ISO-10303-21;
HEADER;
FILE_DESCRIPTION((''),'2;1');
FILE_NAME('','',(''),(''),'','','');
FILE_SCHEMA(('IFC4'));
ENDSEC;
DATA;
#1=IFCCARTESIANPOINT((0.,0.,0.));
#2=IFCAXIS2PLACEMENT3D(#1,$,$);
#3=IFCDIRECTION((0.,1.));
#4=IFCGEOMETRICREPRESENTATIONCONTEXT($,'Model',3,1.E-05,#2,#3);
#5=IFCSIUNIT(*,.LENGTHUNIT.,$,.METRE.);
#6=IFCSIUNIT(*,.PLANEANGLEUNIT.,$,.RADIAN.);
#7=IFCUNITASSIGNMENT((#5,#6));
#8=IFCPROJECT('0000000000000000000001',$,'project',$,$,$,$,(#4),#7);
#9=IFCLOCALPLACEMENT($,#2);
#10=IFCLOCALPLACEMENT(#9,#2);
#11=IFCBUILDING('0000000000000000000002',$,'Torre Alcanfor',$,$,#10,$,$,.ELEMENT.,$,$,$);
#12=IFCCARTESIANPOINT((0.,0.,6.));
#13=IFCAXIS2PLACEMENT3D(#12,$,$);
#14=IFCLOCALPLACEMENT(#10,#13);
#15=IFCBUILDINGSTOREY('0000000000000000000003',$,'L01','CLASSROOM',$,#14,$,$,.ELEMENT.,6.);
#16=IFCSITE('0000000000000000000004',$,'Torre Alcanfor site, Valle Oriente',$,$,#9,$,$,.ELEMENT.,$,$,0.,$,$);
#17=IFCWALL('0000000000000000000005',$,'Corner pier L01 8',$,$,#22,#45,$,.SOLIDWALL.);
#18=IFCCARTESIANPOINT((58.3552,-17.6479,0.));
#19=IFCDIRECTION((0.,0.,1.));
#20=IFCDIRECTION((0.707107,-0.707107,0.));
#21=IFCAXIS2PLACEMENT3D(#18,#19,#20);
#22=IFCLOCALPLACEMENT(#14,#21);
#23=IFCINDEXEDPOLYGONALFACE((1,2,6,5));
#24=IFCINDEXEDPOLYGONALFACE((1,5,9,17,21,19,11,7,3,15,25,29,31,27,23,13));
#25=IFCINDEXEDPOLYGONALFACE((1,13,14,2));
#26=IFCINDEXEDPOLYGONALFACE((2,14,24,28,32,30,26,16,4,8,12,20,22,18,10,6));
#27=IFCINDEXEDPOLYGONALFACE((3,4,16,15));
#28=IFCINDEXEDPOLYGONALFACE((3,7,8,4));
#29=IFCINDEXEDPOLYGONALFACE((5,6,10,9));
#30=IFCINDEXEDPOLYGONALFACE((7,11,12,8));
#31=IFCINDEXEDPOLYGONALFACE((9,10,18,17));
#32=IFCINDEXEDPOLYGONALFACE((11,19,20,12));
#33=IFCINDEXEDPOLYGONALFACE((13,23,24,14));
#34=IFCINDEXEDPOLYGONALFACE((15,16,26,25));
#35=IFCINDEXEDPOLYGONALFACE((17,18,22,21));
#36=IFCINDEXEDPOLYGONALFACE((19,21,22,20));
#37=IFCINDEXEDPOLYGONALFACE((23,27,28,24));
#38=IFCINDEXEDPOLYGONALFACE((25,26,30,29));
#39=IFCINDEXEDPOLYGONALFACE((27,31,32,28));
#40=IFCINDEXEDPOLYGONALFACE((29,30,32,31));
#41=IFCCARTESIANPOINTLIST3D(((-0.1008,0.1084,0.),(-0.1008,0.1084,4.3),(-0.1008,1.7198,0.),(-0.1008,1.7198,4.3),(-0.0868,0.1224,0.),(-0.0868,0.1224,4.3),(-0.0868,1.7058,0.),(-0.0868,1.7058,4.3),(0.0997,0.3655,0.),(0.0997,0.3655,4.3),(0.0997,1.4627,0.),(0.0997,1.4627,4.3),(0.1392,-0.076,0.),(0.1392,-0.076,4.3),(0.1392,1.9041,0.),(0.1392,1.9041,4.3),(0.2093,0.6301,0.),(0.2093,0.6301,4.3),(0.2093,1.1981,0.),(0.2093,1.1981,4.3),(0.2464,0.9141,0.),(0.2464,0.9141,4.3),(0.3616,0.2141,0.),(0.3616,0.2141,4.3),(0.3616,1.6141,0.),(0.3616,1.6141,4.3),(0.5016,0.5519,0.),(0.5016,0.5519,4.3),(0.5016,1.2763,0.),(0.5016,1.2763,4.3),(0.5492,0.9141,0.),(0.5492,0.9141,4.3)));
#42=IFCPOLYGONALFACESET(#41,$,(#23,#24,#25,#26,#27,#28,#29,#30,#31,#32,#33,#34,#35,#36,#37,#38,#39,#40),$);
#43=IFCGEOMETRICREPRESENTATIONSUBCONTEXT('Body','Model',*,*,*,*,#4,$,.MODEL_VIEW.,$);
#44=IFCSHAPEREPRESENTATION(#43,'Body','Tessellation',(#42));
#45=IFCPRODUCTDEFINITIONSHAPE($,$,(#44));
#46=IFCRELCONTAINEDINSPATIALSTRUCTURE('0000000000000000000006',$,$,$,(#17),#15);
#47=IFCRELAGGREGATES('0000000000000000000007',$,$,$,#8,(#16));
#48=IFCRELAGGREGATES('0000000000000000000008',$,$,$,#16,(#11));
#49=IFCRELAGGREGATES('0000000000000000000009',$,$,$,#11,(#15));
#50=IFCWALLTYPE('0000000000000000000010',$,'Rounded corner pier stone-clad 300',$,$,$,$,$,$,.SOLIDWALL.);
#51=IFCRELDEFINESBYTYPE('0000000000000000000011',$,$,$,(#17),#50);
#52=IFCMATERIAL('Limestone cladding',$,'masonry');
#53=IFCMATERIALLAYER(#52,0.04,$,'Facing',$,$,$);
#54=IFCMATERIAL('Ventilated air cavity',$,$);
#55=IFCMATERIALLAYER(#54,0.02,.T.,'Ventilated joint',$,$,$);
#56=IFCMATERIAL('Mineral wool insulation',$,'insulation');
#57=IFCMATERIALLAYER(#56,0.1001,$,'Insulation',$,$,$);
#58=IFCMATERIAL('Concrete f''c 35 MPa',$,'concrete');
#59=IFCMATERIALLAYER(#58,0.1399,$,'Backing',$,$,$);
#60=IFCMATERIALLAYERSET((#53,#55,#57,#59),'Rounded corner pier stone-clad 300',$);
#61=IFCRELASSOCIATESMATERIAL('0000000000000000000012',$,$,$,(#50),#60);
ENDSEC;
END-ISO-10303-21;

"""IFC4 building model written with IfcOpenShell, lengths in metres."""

from ifc_helpers import new_model, si_unit, direction, frame, origin, place, context, subcontext, project, spatial, polyline, outline, extrude, material, layer, layer_set, type_object, element, save


model = new_model("IFC4")

# Units and contexts
model_context = context("Model", 3, precision=1e-05, world=origin(), true_north=direction((0.0, 1.0)))
body_context = subcontext(model_context, "Body", "Model", "MODEL_VIEW")
ifc_project = project(units=[si_unit("LENGTHUNIT", "METRE"), si_unit("PLANEANGLEUNIT", "RADIAN")], contexts=[model_context])

# Site, building, storey
site_placement = place(None, origin())
site = spatial("IfcSite", under=ifc_project, at=site_placement, Name="Torre Alcanfor site, Valle Oriente", CompositionType="ELEMENT", RefElevation=0.0)
building_placement = place(site_placement, origin())
building = spatial("IfcBuilding", under=site, at=building_placement, Name="Torre Alcanfor", CompositionType="ELEMENT")
storey_placement = place(building_placement, frame((0.0, 0.0, 6.0)))
storey = spatial("IfcBuildingStorey", under=building, at=storey_placement, Name="L01", Description="CLASSROOM", CompositionType="ELEMENT", Elevation=6.0)

# Wall
ifc_material_1 = material(Name="Limestone cladding", Category="masonry")
ifc_layer_1 = layer(ifc_material_1, 0.04, Name="Facing")
ifc_material_2 = material(Name="Ventilated air cavity")
ifc_layer_2 = layer(ifc_material_2, 0.02, ventilated=True, Name="Ventilated joint")
ifc_material_3 = material(Name="Mineral wool insulation", Category="insulation")
ifc_layer_3 = layer(ifc_material_3, 0.1001, Name="Insulation")
ifc_material_4 = material(Name="Concrete f'c 35 MPa", Category="concrete")
ifc_layer_4 = layer(ifc_material_4, 0.1399, Name="Backing")
ifc_layer_set_1 = layer_set([ifc_layer_1, ifc_layer_2, ifc_layer_3, ifc_layer_4], Name="Rounded corner pier stone-clad 300")
wall_type_1 = type_object("IfcWallType", Name="Rounded corner pier stone-clad 300", PredefinedType="SOLIDWALL", material=ifc_layer_set_1)
wall_1_placement = place(storey_placement, frame((58.3552, -17.6479, 0.0), z_axis=(0.0, 0.0, 1.0), x_axis=(0.707107, -0.707107, 0.0)))
element("IfcWall", 1, at=wall_1_placement, inside=storey, type_object=wall_type_1, Name="Corner pier L01 8", PredefinedType="SOLIDWALL", context=body_context, shape_type="SweptSolid", body=[
    extrude(outline(polyline([(0.1392, 1.9041), (-0.1008, 1.7198), (-0.0868, 1.7058), (0.0997, 1.4627), (0.2093, 1.1981), (0.2464, 0.9141), (0.2093, 0.6301), (0.0997, 0.3655), (-0.0868, 0.1224), (-0.1008, 0.1084), (0.1392, -0.076), (0.3616, 0.2141), (0.5016, 0.5519), (0.5492, 0.9141), (0.5016, 1.2763), (0.3616, 1.6141), (0.1392, 1.9041)])), origin(), (0.0, 0.0, 1.0), 4.3),
])

save(model, "model.ifc")
